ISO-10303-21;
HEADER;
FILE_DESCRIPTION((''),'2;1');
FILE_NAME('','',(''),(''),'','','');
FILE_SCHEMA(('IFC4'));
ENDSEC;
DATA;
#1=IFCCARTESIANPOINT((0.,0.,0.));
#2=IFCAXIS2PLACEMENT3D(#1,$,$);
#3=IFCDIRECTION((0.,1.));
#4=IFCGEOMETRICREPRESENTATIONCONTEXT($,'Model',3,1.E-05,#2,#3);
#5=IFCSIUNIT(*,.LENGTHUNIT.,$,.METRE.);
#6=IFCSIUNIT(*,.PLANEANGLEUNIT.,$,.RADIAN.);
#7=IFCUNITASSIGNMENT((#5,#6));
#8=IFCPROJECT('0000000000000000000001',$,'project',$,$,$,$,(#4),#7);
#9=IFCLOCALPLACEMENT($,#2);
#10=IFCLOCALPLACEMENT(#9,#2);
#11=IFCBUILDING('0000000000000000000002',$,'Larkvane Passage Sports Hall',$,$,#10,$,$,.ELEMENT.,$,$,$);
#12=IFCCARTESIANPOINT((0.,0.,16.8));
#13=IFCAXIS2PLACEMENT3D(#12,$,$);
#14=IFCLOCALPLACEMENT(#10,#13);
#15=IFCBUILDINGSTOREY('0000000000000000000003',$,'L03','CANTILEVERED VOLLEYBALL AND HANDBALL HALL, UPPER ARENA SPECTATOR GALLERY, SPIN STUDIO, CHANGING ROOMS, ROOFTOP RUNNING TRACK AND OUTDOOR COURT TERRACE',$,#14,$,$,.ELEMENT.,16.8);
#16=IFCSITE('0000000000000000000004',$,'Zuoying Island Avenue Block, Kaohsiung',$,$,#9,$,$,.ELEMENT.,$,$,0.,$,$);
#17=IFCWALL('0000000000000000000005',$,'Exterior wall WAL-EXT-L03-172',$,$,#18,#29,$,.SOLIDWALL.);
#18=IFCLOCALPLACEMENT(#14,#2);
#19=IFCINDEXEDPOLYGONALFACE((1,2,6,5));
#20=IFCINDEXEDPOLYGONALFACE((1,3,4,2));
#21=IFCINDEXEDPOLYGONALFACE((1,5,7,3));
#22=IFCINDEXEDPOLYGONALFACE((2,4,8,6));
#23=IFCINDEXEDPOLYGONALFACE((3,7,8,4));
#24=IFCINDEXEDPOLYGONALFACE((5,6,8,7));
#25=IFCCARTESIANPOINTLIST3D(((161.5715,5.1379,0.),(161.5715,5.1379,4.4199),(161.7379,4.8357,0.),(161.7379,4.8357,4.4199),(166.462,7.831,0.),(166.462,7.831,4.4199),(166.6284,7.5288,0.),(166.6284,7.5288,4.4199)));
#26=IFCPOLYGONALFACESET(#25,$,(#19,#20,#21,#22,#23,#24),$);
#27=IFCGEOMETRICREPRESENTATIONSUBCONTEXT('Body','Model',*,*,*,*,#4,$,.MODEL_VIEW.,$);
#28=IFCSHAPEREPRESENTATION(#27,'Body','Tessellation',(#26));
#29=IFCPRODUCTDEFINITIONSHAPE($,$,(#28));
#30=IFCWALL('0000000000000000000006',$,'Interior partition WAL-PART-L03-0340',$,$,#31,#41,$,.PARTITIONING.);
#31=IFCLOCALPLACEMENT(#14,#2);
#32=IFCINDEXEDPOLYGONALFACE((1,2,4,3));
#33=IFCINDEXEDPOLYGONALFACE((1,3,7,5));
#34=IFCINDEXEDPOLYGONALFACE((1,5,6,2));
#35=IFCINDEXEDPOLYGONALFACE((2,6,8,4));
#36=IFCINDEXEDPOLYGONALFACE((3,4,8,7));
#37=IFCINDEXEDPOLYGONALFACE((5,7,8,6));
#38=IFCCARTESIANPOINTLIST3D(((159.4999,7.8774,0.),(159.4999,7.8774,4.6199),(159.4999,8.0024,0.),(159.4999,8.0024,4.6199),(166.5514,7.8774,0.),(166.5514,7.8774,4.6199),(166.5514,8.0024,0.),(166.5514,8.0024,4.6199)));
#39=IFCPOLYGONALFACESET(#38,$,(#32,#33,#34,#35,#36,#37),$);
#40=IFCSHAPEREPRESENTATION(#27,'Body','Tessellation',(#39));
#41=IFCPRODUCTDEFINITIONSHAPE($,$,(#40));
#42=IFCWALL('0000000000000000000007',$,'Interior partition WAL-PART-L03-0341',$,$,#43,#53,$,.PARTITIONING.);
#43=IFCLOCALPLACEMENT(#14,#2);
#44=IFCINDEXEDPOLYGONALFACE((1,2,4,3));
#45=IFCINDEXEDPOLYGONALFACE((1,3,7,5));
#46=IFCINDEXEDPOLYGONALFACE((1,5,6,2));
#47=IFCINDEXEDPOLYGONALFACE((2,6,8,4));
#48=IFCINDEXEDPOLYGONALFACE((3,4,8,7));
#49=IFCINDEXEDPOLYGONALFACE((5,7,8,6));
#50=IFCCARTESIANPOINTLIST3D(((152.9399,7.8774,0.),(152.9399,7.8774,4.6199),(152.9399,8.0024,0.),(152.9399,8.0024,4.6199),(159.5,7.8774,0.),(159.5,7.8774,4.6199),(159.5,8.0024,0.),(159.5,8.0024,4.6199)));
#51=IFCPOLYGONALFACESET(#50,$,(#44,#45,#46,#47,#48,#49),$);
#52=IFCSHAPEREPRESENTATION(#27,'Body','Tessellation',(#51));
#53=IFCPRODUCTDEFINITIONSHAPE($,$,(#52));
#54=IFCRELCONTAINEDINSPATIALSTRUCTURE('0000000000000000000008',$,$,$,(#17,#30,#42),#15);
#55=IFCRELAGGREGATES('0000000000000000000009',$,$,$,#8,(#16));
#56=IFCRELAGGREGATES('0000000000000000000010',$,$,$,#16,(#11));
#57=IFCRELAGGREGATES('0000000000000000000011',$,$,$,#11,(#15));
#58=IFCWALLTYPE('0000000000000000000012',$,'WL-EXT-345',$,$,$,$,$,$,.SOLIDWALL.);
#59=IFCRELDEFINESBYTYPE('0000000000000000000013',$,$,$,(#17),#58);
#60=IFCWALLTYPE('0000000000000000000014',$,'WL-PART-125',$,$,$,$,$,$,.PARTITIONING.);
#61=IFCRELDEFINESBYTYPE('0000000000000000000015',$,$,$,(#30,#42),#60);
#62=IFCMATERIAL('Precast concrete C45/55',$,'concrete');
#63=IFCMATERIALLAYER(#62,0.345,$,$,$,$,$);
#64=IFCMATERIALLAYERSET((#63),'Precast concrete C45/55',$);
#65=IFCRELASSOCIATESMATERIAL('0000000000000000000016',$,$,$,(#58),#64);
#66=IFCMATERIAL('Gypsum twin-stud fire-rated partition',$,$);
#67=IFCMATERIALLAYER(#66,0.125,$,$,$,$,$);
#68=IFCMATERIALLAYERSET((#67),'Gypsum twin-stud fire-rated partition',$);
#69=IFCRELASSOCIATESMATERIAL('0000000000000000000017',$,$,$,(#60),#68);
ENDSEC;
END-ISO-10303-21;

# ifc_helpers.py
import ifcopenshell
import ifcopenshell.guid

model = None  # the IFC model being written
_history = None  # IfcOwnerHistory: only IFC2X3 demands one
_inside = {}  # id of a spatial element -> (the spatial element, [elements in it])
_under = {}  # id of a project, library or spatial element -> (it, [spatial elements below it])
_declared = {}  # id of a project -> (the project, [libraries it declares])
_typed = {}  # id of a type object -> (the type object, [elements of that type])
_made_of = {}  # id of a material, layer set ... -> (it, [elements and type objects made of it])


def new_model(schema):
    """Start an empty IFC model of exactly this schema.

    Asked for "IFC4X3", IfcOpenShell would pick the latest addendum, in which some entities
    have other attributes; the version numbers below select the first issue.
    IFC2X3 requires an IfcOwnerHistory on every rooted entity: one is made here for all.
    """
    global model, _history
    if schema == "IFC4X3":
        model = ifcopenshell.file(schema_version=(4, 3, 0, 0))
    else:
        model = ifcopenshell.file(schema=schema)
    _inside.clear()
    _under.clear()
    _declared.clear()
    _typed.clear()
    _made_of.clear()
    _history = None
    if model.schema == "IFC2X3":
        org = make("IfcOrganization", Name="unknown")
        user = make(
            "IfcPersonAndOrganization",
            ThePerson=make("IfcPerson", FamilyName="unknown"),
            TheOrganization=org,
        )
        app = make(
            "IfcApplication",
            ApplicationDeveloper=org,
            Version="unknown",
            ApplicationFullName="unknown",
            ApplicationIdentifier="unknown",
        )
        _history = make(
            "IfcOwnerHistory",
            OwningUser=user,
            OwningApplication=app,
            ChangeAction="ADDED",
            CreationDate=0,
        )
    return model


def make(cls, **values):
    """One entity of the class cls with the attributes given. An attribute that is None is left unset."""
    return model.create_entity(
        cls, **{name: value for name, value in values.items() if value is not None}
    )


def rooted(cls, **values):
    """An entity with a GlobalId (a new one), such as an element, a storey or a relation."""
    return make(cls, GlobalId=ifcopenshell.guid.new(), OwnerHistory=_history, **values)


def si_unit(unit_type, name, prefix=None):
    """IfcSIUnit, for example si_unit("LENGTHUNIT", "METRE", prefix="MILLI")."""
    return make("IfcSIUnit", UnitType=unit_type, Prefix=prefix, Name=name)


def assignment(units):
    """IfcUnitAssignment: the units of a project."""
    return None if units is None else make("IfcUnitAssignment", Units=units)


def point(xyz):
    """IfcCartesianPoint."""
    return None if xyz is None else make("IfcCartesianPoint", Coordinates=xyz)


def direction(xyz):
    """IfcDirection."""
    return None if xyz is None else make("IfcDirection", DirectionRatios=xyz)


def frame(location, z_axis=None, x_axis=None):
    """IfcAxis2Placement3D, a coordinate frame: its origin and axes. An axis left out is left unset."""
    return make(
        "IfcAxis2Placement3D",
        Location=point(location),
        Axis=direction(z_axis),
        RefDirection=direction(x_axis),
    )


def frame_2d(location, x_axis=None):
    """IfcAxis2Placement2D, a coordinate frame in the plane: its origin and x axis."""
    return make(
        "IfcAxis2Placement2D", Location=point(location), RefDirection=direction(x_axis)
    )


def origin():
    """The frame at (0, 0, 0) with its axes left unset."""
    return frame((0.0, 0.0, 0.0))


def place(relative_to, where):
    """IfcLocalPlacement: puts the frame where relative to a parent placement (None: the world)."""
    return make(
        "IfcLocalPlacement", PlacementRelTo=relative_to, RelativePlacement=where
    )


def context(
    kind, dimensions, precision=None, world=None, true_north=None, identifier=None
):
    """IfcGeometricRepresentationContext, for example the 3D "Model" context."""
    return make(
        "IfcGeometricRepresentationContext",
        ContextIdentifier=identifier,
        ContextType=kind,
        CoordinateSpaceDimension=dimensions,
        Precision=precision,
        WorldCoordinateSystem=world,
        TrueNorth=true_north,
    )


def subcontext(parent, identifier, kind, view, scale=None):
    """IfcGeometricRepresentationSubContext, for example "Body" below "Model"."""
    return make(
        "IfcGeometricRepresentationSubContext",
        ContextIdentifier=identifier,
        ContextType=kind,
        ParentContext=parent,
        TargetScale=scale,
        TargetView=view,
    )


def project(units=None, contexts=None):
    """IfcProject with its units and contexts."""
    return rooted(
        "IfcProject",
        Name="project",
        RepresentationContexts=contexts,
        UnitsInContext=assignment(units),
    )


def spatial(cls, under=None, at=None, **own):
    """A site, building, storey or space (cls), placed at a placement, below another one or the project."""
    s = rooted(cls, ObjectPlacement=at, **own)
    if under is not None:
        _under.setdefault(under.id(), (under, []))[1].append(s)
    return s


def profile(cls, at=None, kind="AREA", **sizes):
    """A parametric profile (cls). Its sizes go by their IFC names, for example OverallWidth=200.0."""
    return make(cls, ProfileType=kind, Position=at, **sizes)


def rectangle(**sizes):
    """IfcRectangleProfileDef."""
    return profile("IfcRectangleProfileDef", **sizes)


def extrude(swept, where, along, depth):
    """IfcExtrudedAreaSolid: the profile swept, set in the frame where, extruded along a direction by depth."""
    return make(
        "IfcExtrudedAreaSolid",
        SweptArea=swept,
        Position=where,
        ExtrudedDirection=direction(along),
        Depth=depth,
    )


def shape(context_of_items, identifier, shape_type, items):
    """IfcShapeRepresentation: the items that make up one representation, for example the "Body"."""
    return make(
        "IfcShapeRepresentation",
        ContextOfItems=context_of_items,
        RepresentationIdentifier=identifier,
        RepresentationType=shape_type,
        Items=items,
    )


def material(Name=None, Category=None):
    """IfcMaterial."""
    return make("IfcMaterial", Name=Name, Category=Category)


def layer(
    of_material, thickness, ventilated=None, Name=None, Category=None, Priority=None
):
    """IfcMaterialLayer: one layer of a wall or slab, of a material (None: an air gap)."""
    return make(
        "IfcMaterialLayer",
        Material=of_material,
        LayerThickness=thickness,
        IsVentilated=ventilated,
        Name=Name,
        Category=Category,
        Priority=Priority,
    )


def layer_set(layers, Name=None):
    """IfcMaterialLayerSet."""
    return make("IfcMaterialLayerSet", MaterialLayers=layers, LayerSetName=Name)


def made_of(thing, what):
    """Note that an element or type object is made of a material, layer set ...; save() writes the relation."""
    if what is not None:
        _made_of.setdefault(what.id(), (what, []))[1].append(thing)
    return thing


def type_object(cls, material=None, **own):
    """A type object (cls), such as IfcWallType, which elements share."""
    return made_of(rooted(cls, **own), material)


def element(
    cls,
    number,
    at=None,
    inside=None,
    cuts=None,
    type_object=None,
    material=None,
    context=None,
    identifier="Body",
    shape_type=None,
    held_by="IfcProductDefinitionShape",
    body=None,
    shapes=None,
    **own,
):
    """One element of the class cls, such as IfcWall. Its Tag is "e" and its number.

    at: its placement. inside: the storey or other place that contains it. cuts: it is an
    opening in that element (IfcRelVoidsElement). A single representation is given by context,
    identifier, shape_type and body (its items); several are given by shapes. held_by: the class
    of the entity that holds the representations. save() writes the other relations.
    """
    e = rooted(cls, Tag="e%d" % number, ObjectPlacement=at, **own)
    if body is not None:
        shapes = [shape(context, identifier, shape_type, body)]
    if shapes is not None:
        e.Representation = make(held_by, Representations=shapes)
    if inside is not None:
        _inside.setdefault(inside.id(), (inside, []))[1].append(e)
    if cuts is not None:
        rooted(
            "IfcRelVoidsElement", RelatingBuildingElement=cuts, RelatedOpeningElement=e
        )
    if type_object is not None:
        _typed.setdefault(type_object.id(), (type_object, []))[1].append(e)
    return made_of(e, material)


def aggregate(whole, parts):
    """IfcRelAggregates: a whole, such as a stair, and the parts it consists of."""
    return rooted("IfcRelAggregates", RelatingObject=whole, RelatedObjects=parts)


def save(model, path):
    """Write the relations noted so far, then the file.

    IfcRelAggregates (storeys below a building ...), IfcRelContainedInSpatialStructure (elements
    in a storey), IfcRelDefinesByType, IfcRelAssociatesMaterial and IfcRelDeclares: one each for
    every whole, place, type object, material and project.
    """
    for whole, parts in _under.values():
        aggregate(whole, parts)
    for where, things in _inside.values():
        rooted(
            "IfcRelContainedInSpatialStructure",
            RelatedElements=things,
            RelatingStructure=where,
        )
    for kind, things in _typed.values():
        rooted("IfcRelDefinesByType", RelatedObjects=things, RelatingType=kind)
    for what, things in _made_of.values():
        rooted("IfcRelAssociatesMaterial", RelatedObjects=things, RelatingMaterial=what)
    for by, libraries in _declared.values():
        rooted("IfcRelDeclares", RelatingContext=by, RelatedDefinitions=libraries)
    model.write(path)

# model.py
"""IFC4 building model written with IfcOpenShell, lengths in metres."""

from ifc_helpers import new_model, si_unit, direction, frame, frame_2d, origin, place, context, subcontext, project, spatial, rectangle, extrude, material, layer, layer_set, type_object, element, save


model = new_model("IFC4")

# Units and contexts
model_context = context("Model", 3, precision=1e-05, world=origin(), true_north=direction((0.0, 1.0)))
body_context = subcontext(model_context, "Body", "Model", "MODEL_VIEW")
ifc_project = project(units=[si_unit("LENGTHUNIT", "METRE"), si_unit("PLANEANGLEUNIT", "RADIAN")], contexts=[model_context])

# Site, building, storey
site_placement = place(None, origin())
site = spatial("IfcSite", under=ifc_project, at=site_placement, Name="Zuoying Island Avenue Block, Kaohsiung", CompositionType="ELEMENT", RefElevation=0.0)
building_placement = place(site_placement, origin())
building = spatial("IfcBuilding", under=site, at=building_placement, Name="Larkvane Passage Sports Hall", CompositionType="ELEMENT")
storey_placement = place(building_placement, frame((0.0, 0.0, 16.8)))
storey = spatial("IfcBuildingStorey", under=building, at=storey_placement, Name="L03", Description="CANTILEVERED VOLLEYBALL AND HANDBALL HALL, UPPER ARENA SPECTATOR GALLERY, SPIN STUDIO, CHANGING ROOMS, ROOFTOP RUNNING TRACK AND OUTDOOR COURT TERRACE", CompositionType="ELEMENT", Elevation=16.8)

# Walls
ifc_material_1 = material(Name="Precast concrete C45/55", Category="concrete")
ifc_layer_1 = layer(ifc_material_1, 0.345)
ifc_layer_set_1 = layer_set([ifc_layer_1], Name="Precast concrete C45/55")
wall_type_1 = type_object("IfcWallType", Name="WL-EXT-345", PredefinedType="SOLIDWALL", material=ifc_layer_set_1)
wall_1_placement = place(storey_placement, frame((166.5452, 7.6799, 0.0), z_axis=(0.0, 0.0, 1.0), x_axis=(-0.875958, -0.482387, 0.0)))
element("IfcWall", 1, at=wall_1_placement, inside=storey, type_object=wall_type_1, Name="Exterior wall WAL-EXT-L03-172", PredefinedType="SOLIDWALL", context=body_context, shape_type="SweptSolid", body=[
    extrude(rectangle(XDim=5.583, YDim=0.345, at=frame_2d((2.7915, 0.0))), origin(), (0.0, 0.0, 1.0), 4.4199),
])
ifc_material_2 = material(Name="Gypsum twin-stud fire-rated partition")
ifc_layer_2 = layer(ifc_material_2, 0.125)
ifc_layer_set_2 = layer_set([ifc_layer_2], Name="Gypsum twin-stud fire-rated partition")
wall_type_2 = type_object("IfcWallType", Name="WL-PART-125", PredefinedType="PARTITIONING", material=ifc_layer_set_2)
wall_2_placement = place(storey_placement, frame((166.5515, 7.9399, 0.0), z_axis=(0.0, 0.0, 1.0), x_axis=(-1.0, 0.0, 0.0)))
element("IfcWall", 2, at=wall_2_placement, inside=storey, type_object=wall_type_2, Name="Interior partition WAL-PART-L03-0340", PredefinedType="PARTITIONING", context=body_context, shape_type="SweptSolid", body=[
    extrude(rectangle(XDim=7.0515, YDim=0.125, at=frame_2d((3.5259, 0.0))), origin(), (0.0, 0.0, 1.0), 4.6199),
])
wall_3_placement = place(storey_placement, frame((159.5, 7.9399, 0.0), z_axis=(0.0, 0.0, 1.0), x_axis=(-1.0, 0.0, 0.0)))
element("IfcWall", 3, at=wall_3_placement, inside=storey, type_object=wall_type_2, Name="Interior partition WAL-PART-L03-0341", PredefinedType="PARTITIONING", context=body_context, shape_type="SweptSolid", body=[
    extrude(rectangle(XDim=6.5601, YDim=0.125, at=frame_2d((3.28, 0.0))), origin(), (0.0, 0.0, 1.0), 4.6199),
])

save(model, "model.ifc")
